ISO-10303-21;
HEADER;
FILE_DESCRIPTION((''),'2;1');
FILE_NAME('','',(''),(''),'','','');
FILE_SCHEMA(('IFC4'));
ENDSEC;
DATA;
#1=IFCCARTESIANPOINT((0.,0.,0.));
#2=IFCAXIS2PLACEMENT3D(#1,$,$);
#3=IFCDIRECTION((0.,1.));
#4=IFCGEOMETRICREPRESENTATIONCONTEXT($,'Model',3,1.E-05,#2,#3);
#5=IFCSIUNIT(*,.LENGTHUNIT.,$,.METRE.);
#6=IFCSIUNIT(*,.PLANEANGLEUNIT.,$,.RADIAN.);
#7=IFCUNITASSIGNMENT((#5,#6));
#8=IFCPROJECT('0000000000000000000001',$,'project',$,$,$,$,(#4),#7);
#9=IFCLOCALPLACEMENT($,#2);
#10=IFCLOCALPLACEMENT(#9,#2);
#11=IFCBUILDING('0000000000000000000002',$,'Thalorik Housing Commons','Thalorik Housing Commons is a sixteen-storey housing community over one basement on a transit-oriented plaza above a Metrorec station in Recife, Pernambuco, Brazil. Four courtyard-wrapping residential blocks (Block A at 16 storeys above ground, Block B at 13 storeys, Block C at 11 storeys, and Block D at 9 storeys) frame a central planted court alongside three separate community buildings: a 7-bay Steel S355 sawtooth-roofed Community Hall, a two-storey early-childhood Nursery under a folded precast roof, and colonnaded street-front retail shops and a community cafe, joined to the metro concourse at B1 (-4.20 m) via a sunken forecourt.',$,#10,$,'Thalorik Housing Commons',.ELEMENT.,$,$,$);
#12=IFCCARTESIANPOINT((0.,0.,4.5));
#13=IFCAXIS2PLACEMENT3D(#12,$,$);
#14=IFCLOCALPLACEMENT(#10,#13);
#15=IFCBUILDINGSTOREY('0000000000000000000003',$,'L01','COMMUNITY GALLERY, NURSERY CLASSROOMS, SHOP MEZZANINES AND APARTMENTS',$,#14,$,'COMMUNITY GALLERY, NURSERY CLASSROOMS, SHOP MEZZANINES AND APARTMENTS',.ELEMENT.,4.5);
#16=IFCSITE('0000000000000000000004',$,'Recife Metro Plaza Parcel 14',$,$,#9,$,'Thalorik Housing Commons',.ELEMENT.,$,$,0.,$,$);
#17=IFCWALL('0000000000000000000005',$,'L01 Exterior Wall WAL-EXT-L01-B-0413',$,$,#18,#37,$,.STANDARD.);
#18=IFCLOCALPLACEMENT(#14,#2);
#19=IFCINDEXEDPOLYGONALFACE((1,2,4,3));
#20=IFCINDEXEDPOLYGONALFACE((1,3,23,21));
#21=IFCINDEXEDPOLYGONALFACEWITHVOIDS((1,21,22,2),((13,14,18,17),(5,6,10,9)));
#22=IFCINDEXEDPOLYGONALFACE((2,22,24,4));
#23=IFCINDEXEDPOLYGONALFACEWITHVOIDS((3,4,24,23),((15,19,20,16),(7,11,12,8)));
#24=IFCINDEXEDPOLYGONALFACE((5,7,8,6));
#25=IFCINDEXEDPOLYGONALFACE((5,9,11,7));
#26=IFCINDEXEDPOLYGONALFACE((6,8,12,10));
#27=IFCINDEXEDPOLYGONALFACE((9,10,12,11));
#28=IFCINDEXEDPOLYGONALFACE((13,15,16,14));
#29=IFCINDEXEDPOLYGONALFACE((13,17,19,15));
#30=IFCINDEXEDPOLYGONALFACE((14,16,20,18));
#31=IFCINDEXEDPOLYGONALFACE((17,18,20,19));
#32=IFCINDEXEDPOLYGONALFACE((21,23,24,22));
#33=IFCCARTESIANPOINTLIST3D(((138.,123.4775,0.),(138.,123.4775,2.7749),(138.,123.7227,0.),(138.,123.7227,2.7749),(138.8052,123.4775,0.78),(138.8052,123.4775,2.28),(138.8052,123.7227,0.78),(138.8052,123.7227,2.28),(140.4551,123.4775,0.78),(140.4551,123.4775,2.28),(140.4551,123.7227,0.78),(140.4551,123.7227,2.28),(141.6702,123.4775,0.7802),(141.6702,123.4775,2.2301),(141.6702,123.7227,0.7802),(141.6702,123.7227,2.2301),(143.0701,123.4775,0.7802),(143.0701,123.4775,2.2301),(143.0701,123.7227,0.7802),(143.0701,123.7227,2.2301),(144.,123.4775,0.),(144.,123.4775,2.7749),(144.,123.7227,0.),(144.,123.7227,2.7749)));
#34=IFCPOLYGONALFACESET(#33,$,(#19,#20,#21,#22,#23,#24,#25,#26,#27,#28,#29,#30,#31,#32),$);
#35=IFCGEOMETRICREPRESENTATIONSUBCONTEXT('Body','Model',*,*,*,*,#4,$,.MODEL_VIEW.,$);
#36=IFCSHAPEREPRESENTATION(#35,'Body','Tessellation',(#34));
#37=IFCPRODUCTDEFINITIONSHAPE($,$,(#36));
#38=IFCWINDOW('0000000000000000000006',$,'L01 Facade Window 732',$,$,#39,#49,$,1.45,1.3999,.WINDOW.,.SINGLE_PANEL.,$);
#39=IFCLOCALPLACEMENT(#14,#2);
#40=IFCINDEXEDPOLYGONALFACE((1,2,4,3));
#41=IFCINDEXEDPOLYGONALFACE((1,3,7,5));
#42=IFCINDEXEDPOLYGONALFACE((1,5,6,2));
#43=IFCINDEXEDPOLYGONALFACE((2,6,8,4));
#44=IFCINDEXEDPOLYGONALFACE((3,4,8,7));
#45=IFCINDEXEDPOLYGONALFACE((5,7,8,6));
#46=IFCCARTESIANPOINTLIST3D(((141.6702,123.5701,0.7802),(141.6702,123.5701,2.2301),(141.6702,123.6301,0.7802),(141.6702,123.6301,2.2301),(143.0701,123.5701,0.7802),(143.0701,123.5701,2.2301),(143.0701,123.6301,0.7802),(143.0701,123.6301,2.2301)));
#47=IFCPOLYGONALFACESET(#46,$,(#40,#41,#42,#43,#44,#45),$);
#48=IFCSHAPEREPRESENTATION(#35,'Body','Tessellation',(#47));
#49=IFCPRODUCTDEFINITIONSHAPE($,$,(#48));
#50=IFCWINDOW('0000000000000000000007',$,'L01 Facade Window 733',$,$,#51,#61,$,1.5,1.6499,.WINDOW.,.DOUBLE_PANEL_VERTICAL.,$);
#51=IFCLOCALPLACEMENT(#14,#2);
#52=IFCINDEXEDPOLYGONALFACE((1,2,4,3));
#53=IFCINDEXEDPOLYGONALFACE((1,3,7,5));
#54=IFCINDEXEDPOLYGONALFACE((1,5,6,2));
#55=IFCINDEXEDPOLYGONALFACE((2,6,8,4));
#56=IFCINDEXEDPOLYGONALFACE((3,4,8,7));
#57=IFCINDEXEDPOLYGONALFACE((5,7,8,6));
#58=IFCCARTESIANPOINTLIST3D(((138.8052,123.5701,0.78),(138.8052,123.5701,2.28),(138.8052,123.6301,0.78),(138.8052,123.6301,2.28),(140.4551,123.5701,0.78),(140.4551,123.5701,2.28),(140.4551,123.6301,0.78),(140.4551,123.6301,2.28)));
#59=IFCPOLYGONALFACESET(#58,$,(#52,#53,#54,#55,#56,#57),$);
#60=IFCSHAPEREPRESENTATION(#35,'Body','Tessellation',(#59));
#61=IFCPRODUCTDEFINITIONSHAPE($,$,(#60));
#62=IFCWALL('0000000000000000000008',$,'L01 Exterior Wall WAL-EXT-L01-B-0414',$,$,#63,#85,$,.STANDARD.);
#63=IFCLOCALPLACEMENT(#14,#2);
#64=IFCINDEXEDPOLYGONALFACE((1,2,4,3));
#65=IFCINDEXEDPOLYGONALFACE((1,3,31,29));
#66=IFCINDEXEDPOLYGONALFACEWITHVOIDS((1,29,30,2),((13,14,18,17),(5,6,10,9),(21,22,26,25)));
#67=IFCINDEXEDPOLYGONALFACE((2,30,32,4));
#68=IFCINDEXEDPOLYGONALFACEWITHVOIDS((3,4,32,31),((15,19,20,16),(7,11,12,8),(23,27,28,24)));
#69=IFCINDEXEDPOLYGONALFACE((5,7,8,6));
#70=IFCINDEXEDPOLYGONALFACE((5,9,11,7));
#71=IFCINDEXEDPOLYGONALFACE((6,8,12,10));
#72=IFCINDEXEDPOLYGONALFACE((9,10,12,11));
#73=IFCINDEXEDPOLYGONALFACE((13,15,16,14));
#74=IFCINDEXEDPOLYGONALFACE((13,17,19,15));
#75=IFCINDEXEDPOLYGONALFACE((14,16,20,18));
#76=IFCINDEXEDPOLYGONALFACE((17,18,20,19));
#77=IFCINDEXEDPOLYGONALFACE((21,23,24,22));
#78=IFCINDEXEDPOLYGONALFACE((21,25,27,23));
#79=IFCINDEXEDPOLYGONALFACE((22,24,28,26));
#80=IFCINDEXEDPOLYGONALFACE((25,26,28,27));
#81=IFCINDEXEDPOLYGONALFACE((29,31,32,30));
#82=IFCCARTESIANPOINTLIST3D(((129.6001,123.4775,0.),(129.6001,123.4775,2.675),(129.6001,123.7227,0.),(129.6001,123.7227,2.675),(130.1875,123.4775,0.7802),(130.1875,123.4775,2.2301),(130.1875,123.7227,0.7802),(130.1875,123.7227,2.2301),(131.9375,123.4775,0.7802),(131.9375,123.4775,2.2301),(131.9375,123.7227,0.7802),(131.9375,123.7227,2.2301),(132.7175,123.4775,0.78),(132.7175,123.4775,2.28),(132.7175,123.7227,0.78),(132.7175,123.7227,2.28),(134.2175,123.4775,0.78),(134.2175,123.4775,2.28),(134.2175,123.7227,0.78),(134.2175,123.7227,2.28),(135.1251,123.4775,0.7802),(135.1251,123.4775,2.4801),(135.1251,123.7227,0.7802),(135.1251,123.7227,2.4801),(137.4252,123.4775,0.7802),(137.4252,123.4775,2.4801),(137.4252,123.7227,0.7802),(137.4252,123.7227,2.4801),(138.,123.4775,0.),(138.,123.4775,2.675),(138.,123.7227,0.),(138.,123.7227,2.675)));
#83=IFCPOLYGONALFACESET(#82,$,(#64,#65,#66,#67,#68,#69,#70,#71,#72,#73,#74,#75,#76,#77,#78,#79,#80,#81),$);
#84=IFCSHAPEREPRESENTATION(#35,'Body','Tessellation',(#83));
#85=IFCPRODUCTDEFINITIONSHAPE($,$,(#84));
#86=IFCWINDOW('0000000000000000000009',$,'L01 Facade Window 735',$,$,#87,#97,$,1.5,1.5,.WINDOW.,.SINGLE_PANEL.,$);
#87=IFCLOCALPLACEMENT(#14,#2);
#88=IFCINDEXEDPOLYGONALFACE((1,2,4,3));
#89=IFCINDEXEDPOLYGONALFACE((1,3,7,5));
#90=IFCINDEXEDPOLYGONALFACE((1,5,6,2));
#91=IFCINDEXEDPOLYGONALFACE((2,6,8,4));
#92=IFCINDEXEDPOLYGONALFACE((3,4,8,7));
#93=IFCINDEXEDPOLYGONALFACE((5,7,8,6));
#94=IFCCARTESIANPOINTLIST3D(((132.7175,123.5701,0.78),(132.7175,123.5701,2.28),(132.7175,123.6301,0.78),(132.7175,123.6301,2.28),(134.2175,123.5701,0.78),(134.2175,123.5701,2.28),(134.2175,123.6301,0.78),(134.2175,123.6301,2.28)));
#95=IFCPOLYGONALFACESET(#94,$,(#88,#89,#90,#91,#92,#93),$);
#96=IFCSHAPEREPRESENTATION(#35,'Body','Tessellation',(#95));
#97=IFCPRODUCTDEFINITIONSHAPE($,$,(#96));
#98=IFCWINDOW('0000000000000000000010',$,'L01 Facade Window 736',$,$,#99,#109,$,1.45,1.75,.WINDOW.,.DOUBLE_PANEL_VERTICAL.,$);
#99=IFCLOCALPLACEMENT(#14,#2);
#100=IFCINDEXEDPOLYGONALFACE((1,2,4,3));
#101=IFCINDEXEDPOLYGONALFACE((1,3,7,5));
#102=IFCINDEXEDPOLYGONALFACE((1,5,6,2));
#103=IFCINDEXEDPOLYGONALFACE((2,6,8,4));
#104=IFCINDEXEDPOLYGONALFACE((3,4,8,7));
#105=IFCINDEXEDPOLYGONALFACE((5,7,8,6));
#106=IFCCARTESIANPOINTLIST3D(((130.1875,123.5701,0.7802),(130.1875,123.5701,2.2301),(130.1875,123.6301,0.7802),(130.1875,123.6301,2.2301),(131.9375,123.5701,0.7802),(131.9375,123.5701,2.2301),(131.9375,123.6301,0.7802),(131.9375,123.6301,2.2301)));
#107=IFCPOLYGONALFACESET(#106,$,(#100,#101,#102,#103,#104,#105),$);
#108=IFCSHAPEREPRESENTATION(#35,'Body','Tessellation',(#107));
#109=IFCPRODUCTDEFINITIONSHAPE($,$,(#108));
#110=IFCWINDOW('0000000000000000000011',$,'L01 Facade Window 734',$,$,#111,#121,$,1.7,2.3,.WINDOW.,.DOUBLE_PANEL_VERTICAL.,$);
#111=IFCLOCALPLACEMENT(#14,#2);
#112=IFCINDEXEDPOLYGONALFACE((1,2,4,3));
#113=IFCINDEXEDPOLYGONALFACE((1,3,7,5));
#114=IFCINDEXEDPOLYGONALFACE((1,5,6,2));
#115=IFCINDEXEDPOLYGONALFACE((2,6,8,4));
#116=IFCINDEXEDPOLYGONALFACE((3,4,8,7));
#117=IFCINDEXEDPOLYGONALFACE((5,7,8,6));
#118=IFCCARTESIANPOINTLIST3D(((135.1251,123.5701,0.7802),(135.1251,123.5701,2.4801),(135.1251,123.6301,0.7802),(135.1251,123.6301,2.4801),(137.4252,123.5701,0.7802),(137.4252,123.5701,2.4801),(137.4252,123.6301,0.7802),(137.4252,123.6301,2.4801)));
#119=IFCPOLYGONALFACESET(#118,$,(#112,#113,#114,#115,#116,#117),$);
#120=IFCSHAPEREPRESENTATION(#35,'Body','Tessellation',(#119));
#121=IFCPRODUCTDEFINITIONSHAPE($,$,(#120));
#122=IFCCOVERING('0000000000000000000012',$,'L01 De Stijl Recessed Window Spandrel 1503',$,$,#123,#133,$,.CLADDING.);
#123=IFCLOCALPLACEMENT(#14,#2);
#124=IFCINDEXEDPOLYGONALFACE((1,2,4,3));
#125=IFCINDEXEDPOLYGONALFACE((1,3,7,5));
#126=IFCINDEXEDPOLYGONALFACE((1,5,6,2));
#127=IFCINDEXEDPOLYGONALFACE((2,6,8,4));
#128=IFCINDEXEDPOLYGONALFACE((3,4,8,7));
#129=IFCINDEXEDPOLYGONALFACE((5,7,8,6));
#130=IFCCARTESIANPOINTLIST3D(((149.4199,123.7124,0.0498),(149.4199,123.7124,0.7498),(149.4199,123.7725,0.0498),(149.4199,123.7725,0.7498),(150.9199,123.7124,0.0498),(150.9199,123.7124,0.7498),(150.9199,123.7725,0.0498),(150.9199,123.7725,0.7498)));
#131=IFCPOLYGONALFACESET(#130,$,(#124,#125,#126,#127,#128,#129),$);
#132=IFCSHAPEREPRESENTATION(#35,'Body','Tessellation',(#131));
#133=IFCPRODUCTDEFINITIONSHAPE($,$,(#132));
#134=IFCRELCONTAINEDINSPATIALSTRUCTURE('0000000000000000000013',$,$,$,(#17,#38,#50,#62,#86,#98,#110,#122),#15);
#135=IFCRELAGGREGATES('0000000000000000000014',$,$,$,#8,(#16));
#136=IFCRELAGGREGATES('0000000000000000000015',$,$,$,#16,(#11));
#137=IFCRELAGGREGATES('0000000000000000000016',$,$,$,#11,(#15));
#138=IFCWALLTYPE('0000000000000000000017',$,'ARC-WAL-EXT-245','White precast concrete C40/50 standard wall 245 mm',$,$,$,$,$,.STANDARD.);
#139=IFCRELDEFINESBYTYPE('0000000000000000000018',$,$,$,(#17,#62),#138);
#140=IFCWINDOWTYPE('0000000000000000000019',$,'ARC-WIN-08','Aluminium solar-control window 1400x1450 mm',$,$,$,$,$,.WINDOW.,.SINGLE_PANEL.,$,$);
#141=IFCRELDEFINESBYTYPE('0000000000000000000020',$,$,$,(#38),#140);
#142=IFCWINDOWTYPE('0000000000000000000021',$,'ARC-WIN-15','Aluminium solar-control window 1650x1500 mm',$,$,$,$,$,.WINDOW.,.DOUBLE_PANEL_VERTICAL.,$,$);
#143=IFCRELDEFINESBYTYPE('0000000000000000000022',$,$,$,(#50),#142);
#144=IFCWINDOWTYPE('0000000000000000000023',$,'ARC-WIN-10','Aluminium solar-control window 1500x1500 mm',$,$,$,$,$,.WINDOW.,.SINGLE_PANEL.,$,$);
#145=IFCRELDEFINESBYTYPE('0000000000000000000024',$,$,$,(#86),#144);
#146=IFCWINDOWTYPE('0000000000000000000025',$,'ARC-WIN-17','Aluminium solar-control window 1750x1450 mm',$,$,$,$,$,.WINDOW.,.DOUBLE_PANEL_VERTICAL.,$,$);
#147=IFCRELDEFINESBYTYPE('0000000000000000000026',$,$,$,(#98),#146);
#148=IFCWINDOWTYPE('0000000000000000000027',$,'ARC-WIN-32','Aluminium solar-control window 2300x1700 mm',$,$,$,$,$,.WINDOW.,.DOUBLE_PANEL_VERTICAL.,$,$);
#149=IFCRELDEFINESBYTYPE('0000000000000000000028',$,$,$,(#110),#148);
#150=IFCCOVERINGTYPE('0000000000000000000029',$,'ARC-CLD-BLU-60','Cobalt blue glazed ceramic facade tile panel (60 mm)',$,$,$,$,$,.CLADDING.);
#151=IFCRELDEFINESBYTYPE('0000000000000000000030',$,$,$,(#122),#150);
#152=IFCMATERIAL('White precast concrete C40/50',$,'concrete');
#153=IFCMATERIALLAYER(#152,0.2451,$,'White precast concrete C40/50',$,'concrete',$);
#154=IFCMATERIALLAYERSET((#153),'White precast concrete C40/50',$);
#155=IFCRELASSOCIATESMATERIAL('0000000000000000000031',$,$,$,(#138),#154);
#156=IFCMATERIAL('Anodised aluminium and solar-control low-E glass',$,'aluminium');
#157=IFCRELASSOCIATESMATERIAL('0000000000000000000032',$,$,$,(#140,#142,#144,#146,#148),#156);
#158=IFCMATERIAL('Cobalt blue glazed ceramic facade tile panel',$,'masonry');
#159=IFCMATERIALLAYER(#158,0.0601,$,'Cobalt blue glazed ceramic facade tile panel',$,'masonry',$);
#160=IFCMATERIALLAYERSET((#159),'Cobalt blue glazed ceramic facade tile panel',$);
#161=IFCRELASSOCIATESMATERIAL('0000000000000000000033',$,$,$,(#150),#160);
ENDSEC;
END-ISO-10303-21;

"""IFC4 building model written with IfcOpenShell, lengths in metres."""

from ifc_helpers import new_model, si_unit, direction, frame, frame_2d, origin, origin_2d, place, context, subcontext, project, spatial, rectangle, extrude, material, layer, layer_set, type_object, element, fill, save


model = new_model("IFC4")

# Units and contexts
model_context = context("Model", 3, precision=1e-05, world=origin(), true_north=direction((0.0, 1.0)))
body_context = subcontext(model_context, "Body", "Model", "MODEL_VIEW")
ifc_project = project(units=[si_unit("LENGTHUNIT", "METRE"), si_unit("PLANEANGLEUNIT", "RADIAN")], contexts=[model_context])

# Site, building, storey
site_placement = place(None, origin())
site = spatial("IfcSite", under=ifc_project, at=site_placement, Name="Recife Metro Plaza Parcel 14", LongName="Thalorik Housing Commons", CompositionType="ELEMENT", RefElevation=0.0)
building_placement = place(site_placement, origin())
building = spatial("IfcBuilding", under=site, at=building_placement, Name="Thalorik Housing Commons", Description="Thalorik Housing Commons is a sixteen-storey housing community over one basement on a transit-oriented plaza above a Metrorec station in Recife, Pernambuco, Brazil. Four courtyard-wrapping residential blocks (Block A at 16 storeys above ground, Block B at 13 storeys, Block C at 11 storeys, and Block D at 9 storeys) frame a central planted court alongside three separate community buildings: a 7-bay Steel S355 sawtooth-roofed Community Hall, a two-storey early-childhood Nursery under a folded precast roof, and colonnaded street-front retail shops and a community cafe, joined to the metro concourse at B1 (-4.20 m) via a sunken forecourt.", LongName="Thalorik Housing Commons", CompositionType="ELEMENT")
storey_placement = place(building_placement, frame((0.0, 0.0, 4.5)))
storey = spatial("IfcBuildingStorey", under=building, at=storey_placement, Name="L01", Description="COMMUNITY GALLERY, NURSERY CLASSROOMS, SHOP MEZZANINES AND APARTMENTS", LongName="COMMUNITY GALLERY, NURSERY CLASSROOMS, SHOP MEZZANINES AND APARTMENTS", CompositionType="ELEMENT", Elevation=4.5)

# Walls, openings, windows
ifc_material_1 = material(Name="White precast concrete C40/50", Category="concrete")
ifc_layer_1 = layer(ifc_material_1, 0.2451, Name="White precast concrete C40/50", Category="concrete")
ifc_layer_set_1 = layer_set([ifc_layer_1], Name="White precast concrete C40/50")
wall_type_1 = type_object("IfcWallType", Name="ARC-WAL-EXT-245", Description="White precast concrete C40/50 standard wall 245 mm", PredefinedType="STANDARD", material=ifc_layer_set_1)
wall_1_placement = place(storey_placement, frame((144.0, 123.6001, 0.0), z_axis=(0.0, 0.0, 1.0), x_axis=(-1.0, 0.0, 0.0)))
wall_1 = element("IfcWall", 1, at=wall_1_placement, inside=storey, type_object=wall_type_1, Name="L01 Exterior Wall WAL-EXT-L01-B-0413", PredefinedType="STANDARD", context=body_context, shape_type="SweptSolid", body=[
    extrude(rectangle(XDim=6.0, YDim=0.2451, at=frame_2d((3.0, 0.0))), origin(), (0.0, 0.0, 1.0), 2.7749),
])
opening_1_placement = place(wall_1_placement, frame((0.9299, 0.0, 0.78)))
opening_1 = element("IfcOpeningElement", 2, at=opening_1_placement, cuts=wall_1, PredefinedType="OPENING", context=body_context, shape_type="SweptSolid", body=[
    extrude(rectangle(XDim=1.3999, YDim=1.45, at=frame_2d((0.7, 0.7251))), frame((0.0, 0.1326, 0.0), z_axis=(0.0, -1.0, 0.0), x_axis=(1.0, 0.0, 0.0)), (0.0, 0.0, 1.0), 0.2651),
])
opening_2_placement = place(wall_1_placement, frame((3.5449, 0.0, 0.78)))
opening_2 = element("IfcOpeningElement", 3, at=opening_2_placement, cuts=wall_1, PredefinedType="OPENING", context=body_context, shape_type="SweptSolid", body=[
    extrude(rectangle(XDim=1.6499, YDim=1.5, at=frame_2d((0.825, 0.75))), frame((0.0, 0.1326, 0.0), z_axis=(0.0, -1.0, 0.0), x_axis=(1.0, 0.0, 0.0)), (0.0, 0.0, 1.0), 0.2651),
])
ifc_material_2 = material(Name="Anodised aluminium and solar-control low-E glass", Category="aluminium")
window_type_1 = type_object("IfcWindowType", Name="ARC-WIN-08", Description="Aluminium solar-control window 1400x1450 mm", PartitioningType="SINGLE_PANEL", PredefinedType="WINDOW", material=ifc_material_2)
window_1_placement = place(opening_1_placement, origin())
window_1 = element("IfcWindow", 4, at=window_1_placement, inside=storey, type_object=window_type_1, Name="L01 Facade Window 732", OverallHeight=1.45, OverallWidth=1.3999, PartitioningType="SINGLE_PANEL", PredefinedType="WINDOW", context=body_context, shape_type="SweptSolid", body=[
    extrude(rectangle(XDim=1.3999, YDim=1.45, at=frame_2d((0.7, 0.7251))), frame((0.0, 0.03, 0.0), z_axis=(0.0, -1.0, 0.0), x_axis=(1.0, 0.0, 0.0)), (0.0, 0.0, 1.0), 0.0601),
])
fill(opening_1, window_1)
window_type_2 = type_object("IfcWindowType", Name="ARC-WIN-15", Description="Aluminium solar-control window 1650x1500 mm", PartitioningType="DOUBLE_PANEL_VERTICAL", PredefinedType="WINDOW", material=ifc_material_2)
window_2_placement = place(opening_2_placement, origin())
window_2 = element("IfcWindow", 5, at=window_2_placement, inside=storey, type_object=window_type_2, Name="L01 Facade Window 733", OverallHeight=1.5, OverallWidth=1.6499, PartitioningType="DOUBLE_PANEL_VERTICAL", PredefinedType="WINDOW", context=body_context, shape_type="SweptSolid", body=[
    extrude(rectangle(XDim=1.6499, YDim=1.5, at=frame_2d((0.825, 0.75))), frame((0.0, 0.03, 0.0), z_axis=(0.0, -1.0, 0.0), x_axis=(1.0, 0.0, 0.0)), (0.0, 0.0, 1.0), 0.0601),
])
fill(opening_2, window_2)
wall_2_placement = place(storey_placement, frame((138.0, 123.6001, 0.0), z_axis=(0.0, 0.0, 1.0), x_axis=(-1.0, 0.0, 0.0)))
wall_2 = element("IfcWall", 6, at=wall_2_placement, inside=storey, type_object=wall_type_1, Name="L01 Exterior Wall WAL-EXT-L01-B-0414", PredefinedType="STANDARD", context=body_context, shape_type="SweptSolid", body=[
    extrude(rectangle(XDim=8.3999, YDim=0.2451, at=frame_2d((4.2, 0.0))), origin(), (0.0, 0.0, 1.0), 2.675),
])
opening_3_placement = place(wall_2_placement, frame((0.575, 0.0, 0.78)))
opening_3 = element("IfcOpeningElement", 7, at=opening_3_placement, cuts=wall_2, PredefinedType="OPENING", context=body_context, shape_type="SweptSolid", body=[
    extrude(rectangle(XDim=2.3, YDim=1.7, at=frame_2d((1.1499, 0.8501))), frame((0.0, 0.1326, 0.0), z_axis=(0.0, -1.0, 0.0), x_axis=(1.0, 0.0, 0.0)), (0.0, 0.0, 1.0), 0.2651),
])
opening_4_placement = place(wall_2_placement, frame((3.7825, 0.0, 0.78)))
opening_4 = element("IfcOpeningElement", 8, at=opening_4_placement, cuts=wall_2, PredefinedType="OPENING", context=body_context, shape_type="SweptSolid", body=[
    extrude(rectangle(XDim=1.5, YDim=1.5, at=frame_2d((0.75, 0.75))), frame((0.0, 0.1326, 0.0), z_axis=(0.0, -1.0, 0.0), x_axis=(1.0, 0.0, 0.0)), (0.0, 0.0, 1.0), 0.2651),
])
opening_5_placement = place(wall_2_placement, frame((6.0625, 0.0, 0.78)))
opening_5 = element("IfcOpeningElement", 9, at=opening_5_placement, cuts=wall_2, PredefinedType="OPENING", context=body_context, shape_type="SweptSolid", body=[
    extrude(rectangle(XDim=1.75, YDim=1.45, at=frame_2d((0.875, 0.7251))), frame((0.0, 0.1326, 0.0), z_axis=(0.0, -1.0, 0.0), x_axis=(1.0, 0.0, 0.0)), (0.0, 0.0, 1.0), 0.2651),
])
window_type_3 = type_object("IfcWindowType", Name="ARC-WIN-10", Description="Aluminium solar-control window 1500x1500 mm", PartitioningType="SINGLE_PANEL", PredefinedType="WINDOW", material=ifc_material_2)
window_3_placement = place(opening_4_placement, origin())
window_3 = element("IfcWindow", 10, at=window_3_placement, inside=storey, type_object=window_type_3, Name="L01 Facade Window 735", OverallHeight=1.5, OverallWidth=1.5, PartitioningType="SINGLE_PANEL", PredefinedType="WINDOW", context=body_context, shape_type="SweptSolid", body=[
    extrude(rectangle(XDim=1.5, YDim=1.5, at=frame_2d((0.75, 0.75))), frame((0.0, 0.03, 0.0), z_axis=(0.0, -1.0, 0.0), x_axis=(1.0, 0.0, 0.0)), (0.0, 0.0, 1.0), 0.0601),
])
fill(opening_4, window_3)
window_type_4 = type_object("IfcWindowType", Name="ARC-WIN-17", Description="Aluminium solar-control window 1750x1450 mm", PartitioningType="DOUBLE_PANEL_VERTICAL", PredefinedType="WINDOW", material=ifc_material_2)
window_4_placement = place(opening_5_placement, origin())
window_4 = element("IfcWindow", 11, at=window_4_placement, inside=storey, type_object=window_type_4, Name="L01 Facade Window 736", OverallHeight=1.45, OverallWidth=1.75, PartitioningType="DOUBLE_PANEL_VERTICAL", PredefinedType="WINDOW", context=body_context, shape_type="SweptSolid", body=[
    extrude(rectangle(XDim=1.75, YDim=1.45, at=frame_2d((0.875, 0.7251))), frame((0.0, 0.03, 0.0), z_axis=(0.0, -1.0, 0.0), x_axis=(1.0, 0.0, 0.0)), (0.0, 0.0, 1.0), 0.0601),
])
fill(opening_5, window_4)
window_type_5 = type_object("IfcWindowType", Name="ARC-WIN-32", Description="Aluminium solar-control window 2300x1700 mm", PartitioningType="DOUBLE_PANEL_VERTICAL", PredefinedType="WINDOW", material=ifc_material_2)
window_5_placement = place(opening_3_placement, origin())
window_5 = element("IfcWindow", 12, at=window_5_placement, inside=storey, type_object=window_type_5, Name="L01 Facade Window 734", OverallHeight=1.7, OverallWidth=2.3, PartitioningType="DOUBLE_PANEL_VERTICAL", PredefinedType="WINDOW", context=body_context, shape_type="SweptSolid", body=[
    extrude(rectangle(XDim=2.3, YDim=1.7, at=frame_2d((1.1499, 0.8501))), frame((0.0, 0.03, 0.0), z_axis=(0.0, -1.0, 0.0), x_axis=(1.0, 0.0, 0.0)), (0.0, 0.0, 1.0), 0.0601),
])
fill(opening_3, window_5)

# Covering
ifc_material_3 = material(Name="Cobalt blue glazed ceramic facade tile panel", Category="masonry")
ifc_layer_2 = layer(ifc_material_3, 0.0601, Name="Cobalt blue glazed ceramic facade tile panel", Category="masonry")
ifc_layer_set_2 = layer_set([ifc_layer_2], Name="Cobalt blue glazed ceramic facade tile panel")
covering_type_1 = type_object("IfcCoveringType", Name="ARC-CLD-BLU-60", Description="Cobalt blue glazed ceramic facade tile panel (60 mm)", PredefinedType="CLADDING", material=ifc_layer_set_2)
covering_1_placement = place(storey_placement, frame((150.1699, 123.7424, 0.0498), z_axis=(0.0, 0.0, 1.0), x_axis=(-1.0, 0.0, 0.0)))
element("IfcCovering", 13, at=covering_1_placement, inside=storey, type_object=covering_type_1, Name="L01 De Stijl Recessed Window Spandrel 1503", PredefinedType="CLADDING", context=body_context, shape_type="SweptSolid", body=[
    extrude(rectangle(XDim=1.5, YDim=0.0601, at=origin_2d()), origin(), (0.0, 0.0, 1.0), 0.7),
])

save(model, "model.ifc")
